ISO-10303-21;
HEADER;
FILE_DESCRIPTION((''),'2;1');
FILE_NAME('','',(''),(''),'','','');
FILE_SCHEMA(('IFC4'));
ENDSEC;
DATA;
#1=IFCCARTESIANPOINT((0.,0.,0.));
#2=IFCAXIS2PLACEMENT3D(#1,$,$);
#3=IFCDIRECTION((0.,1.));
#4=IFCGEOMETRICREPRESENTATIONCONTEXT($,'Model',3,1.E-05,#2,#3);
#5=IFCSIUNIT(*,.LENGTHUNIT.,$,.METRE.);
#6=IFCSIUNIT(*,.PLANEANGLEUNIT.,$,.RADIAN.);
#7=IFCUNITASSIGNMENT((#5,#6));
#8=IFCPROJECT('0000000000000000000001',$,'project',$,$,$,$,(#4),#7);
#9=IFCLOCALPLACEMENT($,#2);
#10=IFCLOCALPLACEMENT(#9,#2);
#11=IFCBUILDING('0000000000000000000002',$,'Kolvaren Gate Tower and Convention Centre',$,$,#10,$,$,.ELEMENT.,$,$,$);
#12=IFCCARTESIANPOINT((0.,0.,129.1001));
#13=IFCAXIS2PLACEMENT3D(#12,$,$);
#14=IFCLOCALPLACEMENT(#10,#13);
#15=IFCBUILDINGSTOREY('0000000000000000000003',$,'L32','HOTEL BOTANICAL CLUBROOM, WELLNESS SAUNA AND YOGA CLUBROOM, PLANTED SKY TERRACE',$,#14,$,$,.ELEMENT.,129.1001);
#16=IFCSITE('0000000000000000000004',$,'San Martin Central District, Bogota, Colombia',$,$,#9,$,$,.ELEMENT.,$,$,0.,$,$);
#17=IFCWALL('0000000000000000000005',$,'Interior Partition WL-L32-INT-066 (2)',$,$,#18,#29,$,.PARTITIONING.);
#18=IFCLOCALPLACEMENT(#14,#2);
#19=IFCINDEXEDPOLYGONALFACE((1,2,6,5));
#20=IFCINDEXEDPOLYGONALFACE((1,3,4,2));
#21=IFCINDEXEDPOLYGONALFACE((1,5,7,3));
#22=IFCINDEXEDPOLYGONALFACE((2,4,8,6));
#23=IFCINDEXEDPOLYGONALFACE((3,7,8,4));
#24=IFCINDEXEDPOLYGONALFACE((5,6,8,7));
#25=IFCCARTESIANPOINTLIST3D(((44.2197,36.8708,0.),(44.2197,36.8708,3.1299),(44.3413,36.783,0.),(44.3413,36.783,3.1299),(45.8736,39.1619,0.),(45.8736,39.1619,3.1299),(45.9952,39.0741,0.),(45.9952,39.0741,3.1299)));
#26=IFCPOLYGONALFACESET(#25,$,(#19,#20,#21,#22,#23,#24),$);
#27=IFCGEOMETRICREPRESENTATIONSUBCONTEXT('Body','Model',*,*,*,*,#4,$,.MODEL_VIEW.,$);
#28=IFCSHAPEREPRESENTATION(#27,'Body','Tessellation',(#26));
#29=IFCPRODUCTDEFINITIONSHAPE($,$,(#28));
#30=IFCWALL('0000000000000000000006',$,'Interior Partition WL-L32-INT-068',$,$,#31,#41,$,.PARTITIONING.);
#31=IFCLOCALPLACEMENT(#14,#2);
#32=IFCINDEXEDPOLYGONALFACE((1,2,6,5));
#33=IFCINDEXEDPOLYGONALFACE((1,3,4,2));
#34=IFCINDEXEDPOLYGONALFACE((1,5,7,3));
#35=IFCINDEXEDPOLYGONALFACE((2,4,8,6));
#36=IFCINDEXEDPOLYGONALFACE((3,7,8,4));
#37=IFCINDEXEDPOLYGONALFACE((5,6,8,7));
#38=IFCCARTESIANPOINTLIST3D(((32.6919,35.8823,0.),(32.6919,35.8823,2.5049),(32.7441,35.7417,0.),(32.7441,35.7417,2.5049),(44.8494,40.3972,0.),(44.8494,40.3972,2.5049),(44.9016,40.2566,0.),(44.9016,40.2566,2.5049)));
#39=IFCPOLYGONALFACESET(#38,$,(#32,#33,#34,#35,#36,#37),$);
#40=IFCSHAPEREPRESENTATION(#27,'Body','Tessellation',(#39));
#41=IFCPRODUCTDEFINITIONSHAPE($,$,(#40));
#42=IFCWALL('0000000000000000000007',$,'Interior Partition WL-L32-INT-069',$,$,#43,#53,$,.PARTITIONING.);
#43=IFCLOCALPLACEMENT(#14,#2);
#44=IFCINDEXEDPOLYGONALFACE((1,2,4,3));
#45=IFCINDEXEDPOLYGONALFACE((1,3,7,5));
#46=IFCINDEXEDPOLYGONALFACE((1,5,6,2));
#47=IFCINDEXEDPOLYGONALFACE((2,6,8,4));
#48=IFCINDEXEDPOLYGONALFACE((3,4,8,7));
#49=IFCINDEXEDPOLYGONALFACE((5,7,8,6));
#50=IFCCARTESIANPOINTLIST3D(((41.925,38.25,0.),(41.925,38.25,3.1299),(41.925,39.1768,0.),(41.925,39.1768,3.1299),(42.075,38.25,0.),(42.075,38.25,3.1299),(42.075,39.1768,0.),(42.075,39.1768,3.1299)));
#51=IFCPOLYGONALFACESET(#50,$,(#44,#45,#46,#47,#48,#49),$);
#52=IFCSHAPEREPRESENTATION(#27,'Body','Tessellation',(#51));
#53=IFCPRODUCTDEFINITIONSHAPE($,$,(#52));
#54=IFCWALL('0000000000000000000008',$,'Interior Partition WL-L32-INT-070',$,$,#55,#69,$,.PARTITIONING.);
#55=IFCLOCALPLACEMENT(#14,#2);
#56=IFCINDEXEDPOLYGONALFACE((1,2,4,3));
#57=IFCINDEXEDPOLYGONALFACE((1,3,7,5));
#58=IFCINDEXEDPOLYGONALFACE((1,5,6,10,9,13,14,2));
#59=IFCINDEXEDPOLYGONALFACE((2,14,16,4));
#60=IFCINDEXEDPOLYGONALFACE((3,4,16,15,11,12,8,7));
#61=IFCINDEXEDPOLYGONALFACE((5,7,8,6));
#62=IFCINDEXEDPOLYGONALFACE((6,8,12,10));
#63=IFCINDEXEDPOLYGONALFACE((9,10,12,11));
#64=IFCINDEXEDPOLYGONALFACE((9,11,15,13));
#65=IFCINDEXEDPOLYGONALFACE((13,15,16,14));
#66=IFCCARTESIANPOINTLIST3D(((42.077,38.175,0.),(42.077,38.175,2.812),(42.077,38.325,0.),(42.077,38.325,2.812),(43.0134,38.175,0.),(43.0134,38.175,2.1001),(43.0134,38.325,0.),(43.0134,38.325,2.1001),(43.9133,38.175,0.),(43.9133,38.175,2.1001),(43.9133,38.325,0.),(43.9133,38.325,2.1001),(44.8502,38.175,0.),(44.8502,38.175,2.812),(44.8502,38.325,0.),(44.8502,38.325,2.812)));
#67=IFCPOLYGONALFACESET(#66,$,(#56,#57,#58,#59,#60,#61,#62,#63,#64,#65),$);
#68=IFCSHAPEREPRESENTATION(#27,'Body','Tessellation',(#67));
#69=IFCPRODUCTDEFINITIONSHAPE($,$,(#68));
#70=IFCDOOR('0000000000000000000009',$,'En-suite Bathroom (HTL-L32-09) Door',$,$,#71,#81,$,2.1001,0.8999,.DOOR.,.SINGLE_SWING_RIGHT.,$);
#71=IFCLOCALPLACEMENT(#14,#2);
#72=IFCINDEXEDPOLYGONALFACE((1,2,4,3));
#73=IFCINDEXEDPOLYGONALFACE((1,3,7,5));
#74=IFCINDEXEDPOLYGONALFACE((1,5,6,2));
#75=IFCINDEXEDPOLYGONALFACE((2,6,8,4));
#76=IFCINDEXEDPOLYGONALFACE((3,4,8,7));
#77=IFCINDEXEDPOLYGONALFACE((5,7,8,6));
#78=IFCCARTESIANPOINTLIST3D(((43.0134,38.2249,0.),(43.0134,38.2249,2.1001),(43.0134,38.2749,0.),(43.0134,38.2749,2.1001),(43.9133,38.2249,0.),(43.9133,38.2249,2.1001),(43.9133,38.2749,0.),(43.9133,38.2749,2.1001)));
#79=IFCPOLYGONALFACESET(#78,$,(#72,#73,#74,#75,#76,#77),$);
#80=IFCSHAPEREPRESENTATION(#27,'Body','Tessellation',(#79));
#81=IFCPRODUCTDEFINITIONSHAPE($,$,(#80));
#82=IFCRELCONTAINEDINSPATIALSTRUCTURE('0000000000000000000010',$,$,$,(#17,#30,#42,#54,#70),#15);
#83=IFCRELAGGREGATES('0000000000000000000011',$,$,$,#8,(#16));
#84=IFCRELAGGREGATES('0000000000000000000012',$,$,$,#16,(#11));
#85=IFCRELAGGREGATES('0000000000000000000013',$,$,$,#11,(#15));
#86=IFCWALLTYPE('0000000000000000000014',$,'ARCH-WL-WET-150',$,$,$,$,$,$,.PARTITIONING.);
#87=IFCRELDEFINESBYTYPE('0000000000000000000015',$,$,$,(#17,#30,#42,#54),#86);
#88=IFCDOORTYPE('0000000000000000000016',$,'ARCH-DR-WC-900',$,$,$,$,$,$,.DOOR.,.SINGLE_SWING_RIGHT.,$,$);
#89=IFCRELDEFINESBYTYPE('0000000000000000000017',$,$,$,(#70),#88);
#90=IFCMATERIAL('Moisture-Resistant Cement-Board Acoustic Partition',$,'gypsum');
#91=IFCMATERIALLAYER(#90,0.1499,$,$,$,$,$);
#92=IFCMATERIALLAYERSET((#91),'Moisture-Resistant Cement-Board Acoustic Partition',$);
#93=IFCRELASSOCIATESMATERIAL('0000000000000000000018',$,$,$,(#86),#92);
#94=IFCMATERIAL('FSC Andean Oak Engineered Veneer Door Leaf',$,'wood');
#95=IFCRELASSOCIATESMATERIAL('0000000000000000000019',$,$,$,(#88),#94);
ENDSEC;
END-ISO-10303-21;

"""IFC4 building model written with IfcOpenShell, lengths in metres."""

from ifc_helpers import new_model, si_unit, direction, frame, frame_2d, origin, place, context, subcontext, project, spatial, rectangle, extrude, material, layer, layer_set, type_object, element, fill, save


model = new_model("IFC4")

# Units and contexts
model_context = context("Model", 3, precision=1e-05, world=origin(), true_north=direction((0.0, 1.0)))
body_context = subcontext(model_context, "Body", "Model", "MODEL_VIEW")
ifc_project = project(units=[si_unit("LENGTHUNIT", "METRE"), si_unit("PLANEANGLEUNIT", "RADIAN")], contexts=[model_context])

# Site, building, storey
site_placement = place(None, origin())
site = spatial("IfcSite", under=ifc_project, at=site_placement, Name="San Martin Central District, Bogota, Colombia", CompositionType="ELEMENT", RefElevation=0.0)
building_placement = place(site_placement, origin())
building = spatial("IfcBuilding", under=site, at=building_placement, Name="Kolvaren Gate Tower and Convention Centre", CompositionType="ELEMENT")
storey_placement = place(building_placement, frame((0.0, 0.0, 129.1001)))
storey = spatial("IfcBuildingStorey", under=building, at=storey_placement, Name="L32", Description="HOTEL BOTANICAL CLUBROOM, WELLNESS SAUNA AND YOGA CLUBROOM, PLANTED SKY TERRACE", CompositionType="ELEMENT", Elevation=129.1001)

# Shared definitions
ifc_material_1 = material(Name="Moisture-Resistant Cement-Board Acoustic Partition", Category="gypsum")
ifc_layer_1 = layer(ifc_material_1, 0.1499)
ifc_layer_set_1 = layer_set([ifc_layer_1], Name="Moisture-Resistant Cement-Board Acoustic Partition")
wall_type_1 = type_object("IfcWallType", Name="ARCH-WL-WET-150", PredefinedType="PARTITIONING", material=ifc_layer_set_1)

# Shared definitions
ifc_material_2 = material(Name="FSC Andean Oak Engineered Veneer Door Leaf", Category="wood")
door_type_1 = type_object("IfcDoorType", Name="ARCH-DR-WC-900", OperationType="SINGLE_SWING_RIGHT", PredefinedType="DOOR", material=ifc_material_2)

# Walls
wall_1_placement = place(storey_placement, frame((44.2805, 36.8269, 0.0), z_axis=(0.0, 0.0, 1.0), x_axis=(0.585301, 0.810816, 0.0)))
element("IfcWall", 1, at=wall_1_placement, inside=storey, type_object=wall_type_1, Name="Interior Partition WL-L32-INT-066 (2)", PredefinedType="PARTITIONING", context=body_context, shape_type="SweptSolid", body=[
    extrude(rectangle(XDim=2.8257, YDim=0.1499, at=frame_2d((1.4128, 0.0))), origin(), (0.0, 0.0, 1.0), 3.1299),
])
wall_2_placement = place(storey_placement, frame((32.718, 35.812, 0.0), z_axis=(0.0, 0.0, 1.0), x_axis=(0.937444, 0.348136, 0.0)))
element("IfcWall", 2, at=wall_2_placement, inside=storey, type_object=wall_type_1, Name="Interior Partition WL-L32-INT-068", PredefinedType="PARTITIONING", context=body_context, shape_type="SweptSolid", body=[
    extrude(rectangle(XDim=12.9688, YDim=0.1499, at=frame_2d((6.4844, 0.0))), origin(), (0.0, 0.0, 1.0), 2.5049),
])
wall_3_placement = place(storey_placement, frame((42.0, 38.25, 0.0), z_axis=(0.0, 0.0, 1.0), x_axis=(0.0, 1.0, 0.0)))
element("IfcWall", 3, at=wall_3_placement, inside=storey, type_object=wall_type_1, Name="Interior Partition WL-L32-INT-069", PredefinedType="PARTITIONING", context=body_context, shape_type="SweptSolid", body=[
    extrude(rectangle(XDim=0.9268, YDim=0.1499, at=frame_2d((0.4634, 0.0))), origin(), (0.0, 0.0, 1.0), 3.1299),
])

# Wall, opening, door
wall_4_placement = place(storey_placement, frame((42.0769, 38.25, 0.0), z_axis=(0.0, 0.0, 1.0), x_axis=(1.0, 0.0, 0.0)))
wall_4 = element("IfcWall", 4, at=wall_4_placement, inside=storey, type_object=wall_type_1, Name="Interior Partition WL-L32-INT-070", PredefinedType="PARTITIONING", context=body_context, shape_type="SweptSolid", body=[
    extrude(rectangle(XDim=2.7732, YDim=0.1499, at=frame_2d((1.3867, 0.0))), origin(), (0.0, 0.0, 1.0), 2.812),
])
opening_1_placement = place(wall_4_placement, frame((0.9365, 0.0, 0.0)))
opening_1 = element("IfcOpeningElement", 5, at=opening_1_placement, cuts=wall_4, PredefinedType="OPENING", context=body_context, shape_type="SweptSolid", body=[
    extrude(rectangle(XDim=0.8999, YDim=2.1001, at=frame_2d((0.45, 1.05))), frame((0.0, 0.085, 0.0), z_axis=(0.0, -1.0, 0.0), x_axis=(1.0, 0.0, 0.0)), (0.0, 0.0, 1.0), 0.1699),
])
door_1_placement = place(opening_1_placement, origin())
door_1 = element("IfcDoor", 6, at=door_1_placement, inside=storey, type_object=door_type_1, Name="En-suite Bathroom (HTL-L32-09) Door", OperationType="SINGLE_SWING_RIGHT", OverallHeight=2.1001, OverallWidth=0.8999, PredefinedType="DOOR", context=body_context, shape_type="SweptSolid", body=[
    extrude(rectangle(XDim=0.8999, YDim=2.1001, at=frame_2d((0.45, 1.05))), frame((0.0, 0.0249, 0.0), z_axis=(0.0, -1.0, 0.0), x_axis=(1.0, 0.0, 0.0)), (0.0, 0.0, 1.0), 0.05),
])
fill(opening_1, door_1)

save(model, "model.ifc")
